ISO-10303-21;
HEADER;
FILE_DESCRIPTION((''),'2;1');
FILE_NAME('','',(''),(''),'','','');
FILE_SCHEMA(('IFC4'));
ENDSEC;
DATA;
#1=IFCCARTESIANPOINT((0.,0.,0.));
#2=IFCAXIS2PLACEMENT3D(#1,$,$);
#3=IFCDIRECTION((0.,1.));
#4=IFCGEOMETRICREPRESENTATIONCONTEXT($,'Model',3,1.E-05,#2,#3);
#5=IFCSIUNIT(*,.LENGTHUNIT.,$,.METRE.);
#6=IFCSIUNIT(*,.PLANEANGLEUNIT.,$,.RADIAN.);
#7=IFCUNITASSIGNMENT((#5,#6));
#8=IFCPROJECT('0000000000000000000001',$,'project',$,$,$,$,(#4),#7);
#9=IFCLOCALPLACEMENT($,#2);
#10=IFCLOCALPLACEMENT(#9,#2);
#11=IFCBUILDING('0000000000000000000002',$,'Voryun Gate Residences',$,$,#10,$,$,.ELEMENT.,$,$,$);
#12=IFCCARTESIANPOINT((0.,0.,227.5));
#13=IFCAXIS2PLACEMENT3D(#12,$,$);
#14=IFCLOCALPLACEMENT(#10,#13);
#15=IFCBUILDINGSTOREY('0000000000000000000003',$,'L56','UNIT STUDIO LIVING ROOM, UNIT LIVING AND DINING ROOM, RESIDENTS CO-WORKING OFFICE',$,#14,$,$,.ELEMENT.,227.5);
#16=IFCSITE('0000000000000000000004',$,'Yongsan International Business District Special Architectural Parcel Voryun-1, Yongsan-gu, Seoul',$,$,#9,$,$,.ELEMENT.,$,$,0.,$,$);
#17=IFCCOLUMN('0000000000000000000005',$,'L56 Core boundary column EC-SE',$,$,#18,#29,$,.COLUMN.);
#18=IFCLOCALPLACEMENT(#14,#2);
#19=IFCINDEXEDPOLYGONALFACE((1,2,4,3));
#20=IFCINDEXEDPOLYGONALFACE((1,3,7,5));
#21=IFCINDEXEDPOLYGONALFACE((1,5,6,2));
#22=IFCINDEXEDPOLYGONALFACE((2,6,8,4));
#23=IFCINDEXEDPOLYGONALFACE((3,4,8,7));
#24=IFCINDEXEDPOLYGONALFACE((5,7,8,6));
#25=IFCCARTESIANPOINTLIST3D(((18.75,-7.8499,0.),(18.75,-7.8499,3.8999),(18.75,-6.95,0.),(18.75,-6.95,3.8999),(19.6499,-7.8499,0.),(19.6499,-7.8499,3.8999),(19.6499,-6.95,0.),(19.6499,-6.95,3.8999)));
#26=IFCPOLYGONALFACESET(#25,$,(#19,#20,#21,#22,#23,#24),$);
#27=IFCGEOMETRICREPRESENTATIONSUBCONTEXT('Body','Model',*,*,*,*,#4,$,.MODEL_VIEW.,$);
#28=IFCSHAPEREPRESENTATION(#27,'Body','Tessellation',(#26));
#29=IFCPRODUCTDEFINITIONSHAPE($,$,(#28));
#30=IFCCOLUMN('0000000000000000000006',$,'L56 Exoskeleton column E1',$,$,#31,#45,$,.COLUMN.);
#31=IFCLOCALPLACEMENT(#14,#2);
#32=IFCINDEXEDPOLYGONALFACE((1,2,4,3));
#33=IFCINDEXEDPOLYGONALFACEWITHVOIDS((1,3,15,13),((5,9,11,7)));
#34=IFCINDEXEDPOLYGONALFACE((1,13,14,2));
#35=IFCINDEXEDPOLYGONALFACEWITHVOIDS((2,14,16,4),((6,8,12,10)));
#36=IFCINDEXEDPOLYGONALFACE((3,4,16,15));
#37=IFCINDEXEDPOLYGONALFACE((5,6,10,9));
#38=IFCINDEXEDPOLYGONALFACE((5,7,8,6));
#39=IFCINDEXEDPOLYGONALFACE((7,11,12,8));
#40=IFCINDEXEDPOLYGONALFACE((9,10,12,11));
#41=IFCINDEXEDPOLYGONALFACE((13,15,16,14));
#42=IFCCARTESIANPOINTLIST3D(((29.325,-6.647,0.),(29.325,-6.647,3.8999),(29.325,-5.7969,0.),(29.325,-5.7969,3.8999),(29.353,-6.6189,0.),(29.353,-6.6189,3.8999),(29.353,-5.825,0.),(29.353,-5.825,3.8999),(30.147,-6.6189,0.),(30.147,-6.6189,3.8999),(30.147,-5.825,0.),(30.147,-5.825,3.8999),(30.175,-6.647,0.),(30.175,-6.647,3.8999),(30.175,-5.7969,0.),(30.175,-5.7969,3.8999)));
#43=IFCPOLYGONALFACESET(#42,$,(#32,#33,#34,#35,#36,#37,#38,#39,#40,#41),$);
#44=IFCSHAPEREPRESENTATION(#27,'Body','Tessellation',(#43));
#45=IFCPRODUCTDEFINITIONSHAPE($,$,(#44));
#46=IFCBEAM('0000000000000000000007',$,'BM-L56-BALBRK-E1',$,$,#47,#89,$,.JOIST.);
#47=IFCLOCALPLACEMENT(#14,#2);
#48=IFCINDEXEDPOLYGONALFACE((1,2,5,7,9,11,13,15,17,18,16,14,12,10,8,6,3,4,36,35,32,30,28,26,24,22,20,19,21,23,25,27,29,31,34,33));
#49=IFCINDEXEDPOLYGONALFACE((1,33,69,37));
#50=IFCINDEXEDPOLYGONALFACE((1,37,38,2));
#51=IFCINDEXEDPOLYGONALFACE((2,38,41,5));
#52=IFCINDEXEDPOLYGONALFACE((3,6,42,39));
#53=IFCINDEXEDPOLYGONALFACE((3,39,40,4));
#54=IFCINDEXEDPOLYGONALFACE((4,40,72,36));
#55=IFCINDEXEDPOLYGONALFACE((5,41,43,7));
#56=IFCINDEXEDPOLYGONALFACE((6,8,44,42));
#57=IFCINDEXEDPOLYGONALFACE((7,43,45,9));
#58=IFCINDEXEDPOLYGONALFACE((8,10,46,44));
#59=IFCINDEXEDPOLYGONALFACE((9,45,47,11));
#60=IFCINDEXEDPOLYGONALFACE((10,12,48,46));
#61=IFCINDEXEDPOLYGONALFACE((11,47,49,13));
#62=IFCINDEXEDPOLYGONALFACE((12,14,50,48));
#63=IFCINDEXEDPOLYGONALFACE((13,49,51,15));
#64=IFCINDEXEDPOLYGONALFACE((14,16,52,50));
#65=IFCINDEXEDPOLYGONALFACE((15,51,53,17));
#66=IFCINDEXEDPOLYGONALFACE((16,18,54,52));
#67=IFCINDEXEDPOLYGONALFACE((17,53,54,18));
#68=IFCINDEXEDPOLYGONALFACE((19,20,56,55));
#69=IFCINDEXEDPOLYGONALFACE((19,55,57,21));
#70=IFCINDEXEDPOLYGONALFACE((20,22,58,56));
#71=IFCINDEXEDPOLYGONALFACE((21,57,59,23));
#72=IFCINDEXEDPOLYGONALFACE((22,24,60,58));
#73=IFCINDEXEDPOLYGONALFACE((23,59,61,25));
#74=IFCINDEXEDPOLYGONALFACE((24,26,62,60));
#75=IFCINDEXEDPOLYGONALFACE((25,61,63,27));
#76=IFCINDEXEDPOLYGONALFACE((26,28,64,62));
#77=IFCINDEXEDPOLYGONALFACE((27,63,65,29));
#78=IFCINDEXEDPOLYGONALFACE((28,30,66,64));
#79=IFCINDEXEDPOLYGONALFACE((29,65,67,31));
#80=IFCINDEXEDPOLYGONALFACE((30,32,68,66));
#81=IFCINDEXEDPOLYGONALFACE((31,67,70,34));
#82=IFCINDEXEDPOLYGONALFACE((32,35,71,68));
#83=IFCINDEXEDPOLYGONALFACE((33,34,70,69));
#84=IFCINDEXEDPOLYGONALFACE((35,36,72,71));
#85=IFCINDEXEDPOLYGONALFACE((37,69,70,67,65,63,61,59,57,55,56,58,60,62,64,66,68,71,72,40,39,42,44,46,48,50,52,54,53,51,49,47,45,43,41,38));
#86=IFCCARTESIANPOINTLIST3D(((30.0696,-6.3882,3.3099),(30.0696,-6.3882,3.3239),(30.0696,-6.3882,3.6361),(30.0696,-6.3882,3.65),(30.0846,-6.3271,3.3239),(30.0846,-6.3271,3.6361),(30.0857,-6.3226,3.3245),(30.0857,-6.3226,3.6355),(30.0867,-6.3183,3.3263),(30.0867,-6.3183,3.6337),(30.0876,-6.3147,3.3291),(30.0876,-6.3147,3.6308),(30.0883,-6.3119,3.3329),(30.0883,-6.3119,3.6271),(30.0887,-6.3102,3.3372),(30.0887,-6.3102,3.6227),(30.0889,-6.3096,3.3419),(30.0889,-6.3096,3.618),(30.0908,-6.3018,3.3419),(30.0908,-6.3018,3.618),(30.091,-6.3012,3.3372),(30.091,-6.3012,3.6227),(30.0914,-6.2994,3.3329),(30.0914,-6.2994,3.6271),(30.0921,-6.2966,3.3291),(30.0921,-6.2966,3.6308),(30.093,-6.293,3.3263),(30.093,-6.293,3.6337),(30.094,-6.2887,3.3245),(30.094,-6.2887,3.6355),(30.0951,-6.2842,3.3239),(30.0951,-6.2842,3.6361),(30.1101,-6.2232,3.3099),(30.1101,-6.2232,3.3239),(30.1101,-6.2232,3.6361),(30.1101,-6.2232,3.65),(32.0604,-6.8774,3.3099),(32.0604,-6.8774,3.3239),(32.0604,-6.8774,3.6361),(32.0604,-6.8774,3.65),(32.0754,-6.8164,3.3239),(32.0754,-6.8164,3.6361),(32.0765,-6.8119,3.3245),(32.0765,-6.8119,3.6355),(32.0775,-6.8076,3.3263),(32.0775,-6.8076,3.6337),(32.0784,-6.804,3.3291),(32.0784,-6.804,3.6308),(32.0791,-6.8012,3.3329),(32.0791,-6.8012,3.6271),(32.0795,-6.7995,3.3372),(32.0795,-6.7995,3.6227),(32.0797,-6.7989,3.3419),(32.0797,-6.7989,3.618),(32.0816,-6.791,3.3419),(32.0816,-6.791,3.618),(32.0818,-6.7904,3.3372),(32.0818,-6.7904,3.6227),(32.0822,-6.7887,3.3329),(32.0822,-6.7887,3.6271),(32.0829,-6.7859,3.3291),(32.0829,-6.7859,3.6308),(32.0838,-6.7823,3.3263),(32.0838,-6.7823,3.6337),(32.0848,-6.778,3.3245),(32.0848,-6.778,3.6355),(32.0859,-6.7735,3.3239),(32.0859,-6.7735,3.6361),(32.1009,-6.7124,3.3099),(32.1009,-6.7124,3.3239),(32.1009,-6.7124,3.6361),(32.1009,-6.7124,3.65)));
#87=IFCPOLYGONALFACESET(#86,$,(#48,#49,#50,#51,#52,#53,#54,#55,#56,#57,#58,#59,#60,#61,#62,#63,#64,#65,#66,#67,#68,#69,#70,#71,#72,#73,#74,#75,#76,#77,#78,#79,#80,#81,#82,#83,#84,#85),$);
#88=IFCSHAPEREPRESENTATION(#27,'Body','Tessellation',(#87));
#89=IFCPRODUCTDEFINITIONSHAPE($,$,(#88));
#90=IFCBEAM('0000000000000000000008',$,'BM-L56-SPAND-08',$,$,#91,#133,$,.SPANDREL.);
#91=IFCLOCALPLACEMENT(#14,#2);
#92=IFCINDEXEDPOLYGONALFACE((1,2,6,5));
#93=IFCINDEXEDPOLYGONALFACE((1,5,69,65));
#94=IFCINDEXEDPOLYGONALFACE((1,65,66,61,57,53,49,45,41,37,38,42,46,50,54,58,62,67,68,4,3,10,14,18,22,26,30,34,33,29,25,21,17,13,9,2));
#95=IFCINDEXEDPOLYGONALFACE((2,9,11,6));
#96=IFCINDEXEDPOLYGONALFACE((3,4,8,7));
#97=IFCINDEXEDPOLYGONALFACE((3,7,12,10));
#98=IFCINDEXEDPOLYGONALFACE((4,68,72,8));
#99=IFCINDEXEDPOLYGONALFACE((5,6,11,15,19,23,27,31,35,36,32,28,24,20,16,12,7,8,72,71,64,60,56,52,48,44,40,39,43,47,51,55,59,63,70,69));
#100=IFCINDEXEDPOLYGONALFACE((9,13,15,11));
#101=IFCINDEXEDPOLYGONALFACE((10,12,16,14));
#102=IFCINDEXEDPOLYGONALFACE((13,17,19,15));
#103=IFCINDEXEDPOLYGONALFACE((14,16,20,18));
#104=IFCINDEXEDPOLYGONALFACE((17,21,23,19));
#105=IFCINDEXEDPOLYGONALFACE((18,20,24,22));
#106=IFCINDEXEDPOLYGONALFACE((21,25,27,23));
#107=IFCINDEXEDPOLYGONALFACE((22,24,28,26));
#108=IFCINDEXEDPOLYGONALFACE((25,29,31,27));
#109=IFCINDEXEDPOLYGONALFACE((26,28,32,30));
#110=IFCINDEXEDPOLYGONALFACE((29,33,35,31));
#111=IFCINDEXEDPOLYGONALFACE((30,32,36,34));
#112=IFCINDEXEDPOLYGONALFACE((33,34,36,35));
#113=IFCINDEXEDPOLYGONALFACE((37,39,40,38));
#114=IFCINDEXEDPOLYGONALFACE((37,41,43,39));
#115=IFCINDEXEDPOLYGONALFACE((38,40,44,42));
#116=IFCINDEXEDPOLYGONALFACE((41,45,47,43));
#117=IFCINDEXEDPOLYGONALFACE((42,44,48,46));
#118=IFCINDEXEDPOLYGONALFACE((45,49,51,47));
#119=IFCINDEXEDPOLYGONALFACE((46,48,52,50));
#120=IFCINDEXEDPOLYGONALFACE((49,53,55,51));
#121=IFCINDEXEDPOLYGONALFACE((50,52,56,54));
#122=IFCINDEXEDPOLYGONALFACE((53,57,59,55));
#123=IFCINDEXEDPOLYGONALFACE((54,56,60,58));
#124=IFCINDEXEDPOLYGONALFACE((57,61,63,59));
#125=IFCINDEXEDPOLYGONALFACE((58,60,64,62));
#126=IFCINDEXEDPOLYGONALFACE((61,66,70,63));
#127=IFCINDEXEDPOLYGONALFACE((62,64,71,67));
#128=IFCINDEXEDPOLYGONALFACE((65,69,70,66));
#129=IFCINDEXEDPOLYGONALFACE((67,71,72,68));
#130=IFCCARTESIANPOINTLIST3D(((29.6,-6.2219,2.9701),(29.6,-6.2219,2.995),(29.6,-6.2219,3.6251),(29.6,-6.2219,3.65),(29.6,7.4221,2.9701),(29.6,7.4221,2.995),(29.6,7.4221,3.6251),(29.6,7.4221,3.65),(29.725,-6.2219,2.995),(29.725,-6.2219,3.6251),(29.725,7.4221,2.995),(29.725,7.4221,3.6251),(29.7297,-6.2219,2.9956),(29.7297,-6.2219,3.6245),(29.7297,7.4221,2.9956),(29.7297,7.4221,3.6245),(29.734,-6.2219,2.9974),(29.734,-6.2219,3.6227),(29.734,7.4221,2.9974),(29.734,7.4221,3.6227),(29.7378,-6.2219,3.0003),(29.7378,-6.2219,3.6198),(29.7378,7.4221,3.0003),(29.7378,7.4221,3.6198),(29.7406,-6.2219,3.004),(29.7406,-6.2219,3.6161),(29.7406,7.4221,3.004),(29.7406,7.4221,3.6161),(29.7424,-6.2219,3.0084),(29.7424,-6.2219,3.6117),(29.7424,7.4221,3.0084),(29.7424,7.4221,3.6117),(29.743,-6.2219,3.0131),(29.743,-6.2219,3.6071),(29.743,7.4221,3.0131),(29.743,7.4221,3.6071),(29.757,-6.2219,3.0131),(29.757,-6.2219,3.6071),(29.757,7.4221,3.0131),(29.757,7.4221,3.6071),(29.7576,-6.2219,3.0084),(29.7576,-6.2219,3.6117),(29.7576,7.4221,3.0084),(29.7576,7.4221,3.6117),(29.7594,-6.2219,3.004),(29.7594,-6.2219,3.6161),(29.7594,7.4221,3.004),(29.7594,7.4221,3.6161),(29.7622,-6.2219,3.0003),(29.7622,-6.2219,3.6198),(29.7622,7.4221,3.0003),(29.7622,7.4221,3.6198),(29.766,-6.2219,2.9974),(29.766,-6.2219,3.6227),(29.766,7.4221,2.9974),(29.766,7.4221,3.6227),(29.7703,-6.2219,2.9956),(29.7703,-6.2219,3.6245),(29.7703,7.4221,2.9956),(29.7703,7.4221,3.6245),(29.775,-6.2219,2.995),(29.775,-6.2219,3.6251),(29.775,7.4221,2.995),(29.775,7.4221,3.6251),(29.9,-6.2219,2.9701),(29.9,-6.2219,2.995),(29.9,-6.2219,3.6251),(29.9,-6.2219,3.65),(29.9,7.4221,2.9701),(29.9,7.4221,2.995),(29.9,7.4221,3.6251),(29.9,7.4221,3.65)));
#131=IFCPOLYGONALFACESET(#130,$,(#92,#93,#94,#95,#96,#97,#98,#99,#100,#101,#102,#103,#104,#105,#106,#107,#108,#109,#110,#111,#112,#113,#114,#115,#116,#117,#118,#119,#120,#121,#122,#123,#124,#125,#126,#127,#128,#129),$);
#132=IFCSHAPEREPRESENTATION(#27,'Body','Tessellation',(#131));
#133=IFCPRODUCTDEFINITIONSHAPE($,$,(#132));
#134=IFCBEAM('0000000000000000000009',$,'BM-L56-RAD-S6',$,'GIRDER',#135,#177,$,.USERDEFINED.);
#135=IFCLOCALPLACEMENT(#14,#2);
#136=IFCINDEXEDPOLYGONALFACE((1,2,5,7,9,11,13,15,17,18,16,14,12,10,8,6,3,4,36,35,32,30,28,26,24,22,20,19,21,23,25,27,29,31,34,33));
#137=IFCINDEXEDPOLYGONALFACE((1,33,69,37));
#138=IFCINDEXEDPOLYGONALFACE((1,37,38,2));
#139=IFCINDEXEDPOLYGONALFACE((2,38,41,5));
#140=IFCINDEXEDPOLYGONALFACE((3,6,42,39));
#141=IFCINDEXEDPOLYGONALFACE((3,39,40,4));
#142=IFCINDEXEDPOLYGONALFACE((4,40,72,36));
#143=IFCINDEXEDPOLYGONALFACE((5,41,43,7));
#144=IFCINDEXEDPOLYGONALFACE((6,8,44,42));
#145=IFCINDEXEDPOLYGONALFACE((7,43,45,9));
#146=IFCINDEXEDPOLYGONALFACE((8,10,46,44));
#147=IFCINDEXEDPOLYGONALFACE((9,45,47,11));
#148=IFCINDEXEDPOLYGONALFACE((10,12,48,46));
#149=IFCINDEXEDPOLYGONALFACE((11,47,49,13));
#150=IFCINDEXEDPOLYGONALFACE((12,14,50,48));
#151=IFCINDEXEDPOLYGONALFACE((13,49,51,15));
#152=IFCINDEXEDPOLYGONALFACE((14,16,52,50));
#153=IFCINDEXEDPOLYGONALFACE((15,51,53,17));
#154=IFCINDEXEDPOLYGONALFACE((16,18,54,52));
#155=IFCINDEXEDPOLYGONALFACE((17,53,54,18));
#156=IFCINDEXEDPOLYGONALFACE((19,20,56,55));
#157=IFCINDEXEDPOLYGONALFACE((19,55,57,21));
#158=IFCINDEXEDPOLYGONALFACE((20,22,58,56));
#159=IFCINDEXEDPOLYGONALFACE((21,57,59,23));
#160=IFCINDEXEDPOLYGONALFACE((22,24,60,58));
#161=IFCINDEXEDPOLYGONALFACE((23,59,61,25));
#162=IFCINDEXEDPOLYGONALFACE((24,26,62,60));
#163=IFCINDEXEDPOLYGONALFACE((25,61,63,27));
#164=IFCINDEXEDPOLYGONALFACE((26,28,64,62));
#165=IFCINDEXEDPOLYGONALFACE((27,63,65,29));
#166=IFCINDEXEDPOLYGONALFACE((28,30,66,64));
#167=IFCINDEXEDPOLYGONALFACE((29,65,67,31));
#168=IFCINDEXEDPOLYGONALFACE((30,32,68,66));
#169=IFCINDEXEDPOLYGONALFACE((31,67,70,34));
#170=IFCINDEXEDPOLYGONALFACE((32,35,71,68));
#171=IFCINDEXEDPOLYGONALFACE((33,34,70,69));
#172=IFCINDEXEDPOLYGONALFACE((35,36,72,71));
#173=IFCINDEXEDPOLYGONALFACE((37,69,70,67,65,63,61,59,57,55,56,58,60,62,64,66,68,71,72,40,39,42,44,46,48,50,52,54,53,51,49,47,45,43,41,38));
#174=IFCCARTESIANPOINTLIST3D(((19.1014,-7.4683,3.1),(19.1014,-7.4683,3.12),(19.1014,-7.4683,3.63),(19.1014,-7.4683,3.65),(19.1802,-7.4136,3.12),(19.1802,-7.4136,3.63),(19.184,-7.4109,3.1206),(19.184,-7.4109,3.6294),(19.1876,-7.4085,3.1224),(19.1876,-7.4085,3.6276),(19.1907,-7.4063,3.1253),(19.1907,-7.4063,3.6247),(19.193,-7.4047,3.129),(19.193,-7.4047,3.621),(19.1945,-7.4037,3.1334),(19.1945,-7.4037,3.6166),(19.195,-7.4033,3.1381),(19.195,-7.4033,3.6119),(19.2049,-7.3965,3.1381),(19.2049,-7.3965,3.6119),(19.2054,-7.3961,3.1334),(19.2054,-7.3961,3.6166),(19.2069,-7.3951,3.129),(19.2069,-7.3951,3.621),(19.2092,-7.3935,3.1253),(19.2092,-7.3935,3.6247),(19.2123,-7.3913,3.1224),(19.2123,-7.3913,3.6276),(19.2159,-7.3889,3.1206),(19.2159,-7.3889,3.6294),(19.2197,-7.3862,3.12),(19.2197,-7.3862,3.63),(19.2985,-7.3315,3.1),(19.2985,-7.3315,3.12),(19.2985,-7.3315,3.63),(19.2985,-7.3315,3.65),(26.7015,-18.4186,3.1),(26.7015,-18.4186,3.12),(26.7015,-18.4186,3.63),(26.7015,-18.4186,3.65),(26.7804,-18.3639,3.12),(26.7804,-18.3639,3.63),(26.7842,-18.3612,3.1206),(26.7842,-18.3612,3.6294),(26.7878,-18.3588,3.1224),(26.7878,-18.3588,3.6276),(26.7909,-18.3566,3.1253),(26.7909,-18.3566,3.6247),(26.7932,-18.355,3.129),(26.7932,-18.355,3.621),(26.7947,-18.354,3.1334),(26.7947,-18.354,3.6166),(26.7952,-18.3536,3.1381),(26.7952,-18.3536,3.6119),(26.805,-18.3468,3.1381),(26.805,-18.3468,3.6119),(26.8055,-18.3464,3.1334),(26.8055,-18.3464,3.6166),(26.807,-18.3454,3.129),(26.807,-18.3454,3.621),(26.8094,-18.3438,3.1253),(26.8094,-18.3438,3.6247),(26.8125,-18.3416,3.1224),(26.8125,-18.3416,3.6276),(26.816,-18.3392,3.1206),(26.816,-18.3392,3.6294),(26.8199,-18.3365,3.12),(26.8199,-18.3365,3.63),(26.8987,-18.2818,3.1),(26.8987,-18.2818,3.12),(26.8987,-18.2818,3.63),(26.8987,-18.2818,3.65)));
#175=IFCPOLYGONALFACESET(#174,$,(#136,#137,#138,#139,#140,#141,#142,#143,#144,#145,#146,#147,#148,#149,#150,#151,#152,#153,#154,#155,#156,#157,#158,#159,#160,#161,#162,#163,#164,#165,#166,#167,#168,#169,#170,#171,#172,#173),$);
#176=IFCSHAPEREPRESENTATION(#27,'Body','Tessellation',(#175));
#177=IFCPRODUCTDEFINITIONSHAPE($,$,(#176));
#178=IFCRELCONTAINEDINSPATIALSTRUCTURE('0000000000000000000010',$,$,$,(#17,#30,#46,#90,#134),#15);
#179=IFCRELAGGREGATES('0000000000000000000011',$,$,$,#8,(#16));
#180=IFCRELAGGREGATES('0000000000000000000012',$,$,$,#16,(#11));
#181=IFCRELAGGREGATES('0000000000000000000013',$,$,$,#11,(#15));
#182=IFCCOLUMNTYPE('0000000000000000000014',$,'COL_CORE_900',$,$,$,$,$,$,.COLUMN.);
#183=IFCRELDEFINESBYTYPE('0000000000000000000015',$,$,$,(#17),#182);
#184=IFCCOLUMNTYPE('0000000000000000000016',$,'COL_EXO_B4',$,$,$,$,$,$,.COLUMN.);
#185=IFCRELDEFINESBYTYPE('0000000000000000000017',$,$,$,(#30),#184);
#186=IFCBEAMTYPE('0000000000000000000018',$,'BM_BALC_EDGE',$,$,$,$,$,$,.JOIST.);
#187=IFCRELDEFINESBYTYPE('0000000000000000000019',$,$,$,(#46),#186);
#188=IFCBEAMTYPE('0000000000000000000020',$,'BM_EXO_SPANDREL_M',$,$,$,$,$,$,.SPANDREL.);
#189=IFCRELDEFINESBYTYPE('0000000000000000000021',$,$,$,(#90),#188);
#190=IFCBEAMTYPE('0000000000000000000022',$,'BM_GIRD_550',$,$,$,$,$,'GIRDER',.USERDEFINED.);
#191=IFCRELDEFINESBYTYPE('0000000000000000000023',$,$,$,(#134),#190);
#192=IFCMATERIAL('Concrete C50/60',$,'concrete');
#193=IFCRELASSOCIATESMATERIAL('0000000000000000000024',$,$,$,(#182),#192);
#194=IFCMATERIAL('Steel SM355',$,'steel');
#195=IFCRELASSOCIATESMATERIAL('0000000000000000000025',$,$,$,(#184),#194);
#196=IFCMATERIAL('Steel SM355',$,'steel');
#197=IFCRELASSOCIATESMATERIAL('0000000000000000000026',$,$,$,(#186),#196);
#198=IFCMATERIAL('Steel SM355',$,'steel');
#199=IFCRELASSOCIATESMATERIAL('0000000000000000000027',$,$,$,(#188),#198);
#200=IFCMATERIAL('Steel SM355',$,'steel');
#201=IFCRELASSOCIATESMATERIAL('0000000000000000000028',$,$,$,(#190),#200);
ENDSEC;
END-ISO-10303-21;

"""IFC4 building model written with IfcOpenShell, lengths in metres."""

from ifc_helpers import new_model, si_unit, direction, frame, origin, origin_2d, place, context, subcontext, project, spatial, rectangle, hollow_rectangle, i_section, extrude, material, material_profile, profile_set, type_object, element, save


model = new_model("IFC4")

# Units and contexts
model_context = context("Model", 3, precision=1e-05, world=origin(), true_north=direction((0.0, 1.0)))
body_context = subcontext(model_context, "Body", "Model", "MODEL_VIEW")
ifc_project = project(units=[si_unit("LENGTHUNIT", "METRE"), si_unit("PLANEANGLEUNIT", "RADIAN")], contexts=[model_context])

# Site, building, storey
site_placement = place(None, origin())
site = spatial("IfcSite", under=ifc_project, at=site_placement, Name="Yongsan International Business District Special Architectural Parcel Voryun-1, Yongsan-gu, Seoul", CompositionType="ELEMENT", RefElevation=0.0)
building_placement = place(site_placement, origin())
building = spatial("IfcBuilding", under=site, at=building_placement, Name="Voryun Gate Residences", CompositionType="ELEMENT")
storey_placement = place(building_placement, frame((0.0, 0.0, 227.5)))
storey = spatial("IfcBuildingStorey", under=building, at=storey_placement, Name="L56", Description="UNIT STUDIO LIVING ROOM, UNIT LIVING AND DINING ROOM, RESIDENTS CO-WORKING OFFICE", CompositionType="ELEMENT", Elevation=227.5)

# Columns
ifc_material_1 = material(Name="Concrete C50/60", Category="concrete")
ifc_material_profile_1 = material_profile(ifc_material_1, rectangle(XDim=0.8999, YDim=0.8999, at=origin_2d()), Name="RC-900x900")
ifc_profile_set_1 = profile_set([ifc_material_profile_1], Name="Concrete C50/60")
column_type_1 = type_object("IfcColumnType", Name="COL_CORE_900", PredefinedType="COLUMN", material=ifc_profile_set_1)
column_1_placement = place(storey_placement, frame((19.2, -7.3999, 0.0), z_axis=(0.0, 0.0, 1.0), x_axis=(1.0, 0.0, 0.0)))
element("IfcColumn", 1, at=column_1_placement, inside=storey, type_object=column_type_1, Name="L56 Core boundary column EC-SE", PredefinedType="COLUMN", context=body_context, shape_type="SweptSolid", body=[
    extrude(rectangle(XDim=0.8999, YDim=0.8999, at=origin_2d()), origin(), (0.0, 0.0, 1.0), 3.8999),
])
ifc_material_2 = material(Name="Steel SM355", Category="steel")
ifc_material_profile_2 = material_profile(ifc_material_2, hollow_rectangle(XDim=0.8501, YDim=0.8501, WallThickness=0.0281, at=origin_2d()), Name="BOX-850x850x28")
ifc_profile_set_2 = profile_set([ifc_material_profile_2], Name="Steel SM355")
column_type_2 = type_object("IfcColumnType", Name="COL_EXO_B4", PredefinedType="COLUMN", material=ifc_profile_set_2)
column_2_placement = place(storey_placement, frame((29.75, -6.2219, 0.0), z_axis=(0.0, 0.0, 1.0), x_axis=(1.0, 0.0, 0.0)))
element("IfcColumn", 2, at=column_2_placement, inside=storey, type_object=column_type_2, Name="L56 Exoskeleton column E1", PredefinedType="COLUMN", context=body_context, shape_type="SweptSolid", body=[
    extrude(hollow_rectangle(XDim=0.8501, YDim=0.8501, WallThickness=0.0281, at=origin_2d()), origin(), (0.0, 0.0, 1.0), 3.8999),
])

# Beams
ifc_material_3 = material(Name="Steel SM355", Category="steel")
ifc_material_profile_3 = material_profile(ifc_material_3, i_section(OverallWidth=0.1699, OverallDepth=0.3401, WebThickness=0.0081, FlangeThickness=0.0139, FilletRadius=0.0181, at=origin_2d()), Name="H-340x170x8x14")
ifc_profile_set_3 = profile_set([ifc_material_profile_3], Name="Steel SM355")
beam_type_1 = type_object("IfcBeamType", Name="BM_BALC_EDGE", PredefinedType="JOIST", material=ifc_profile_set_3)
beam_1_placement = place(storey_placement, frame((30.0898, -6.3057, 3.48), z_axis=(0.971102, -0.238667, 0.0), x_axis=(0.238667, 0.971102, 0.0)))
element("IfcBeam", 3, at=beam_1_placement, inside=storey, type_object=beam_type_1, Name="BM-L56-BALBRK-E1", PredefinedType="JOIST", context=body_context, shape_type="SweptSolid", body=[
    extrude(i_section(OverallWidth=0.1699, OverallDepth=0.3401, WebThickness=0.0081, FlangeThickness=0.0139, FilletRadius=0.0181, at=origin_2d()), origin(), (0.0, 0.0, 1.0), 2.05),
])
ifc_material_4 = material(Name="Steel SM355", Category="steel")
ifc_material_profile_4 = material_profile(ifc_material_4, i_section(OverallWidth=0.3, OverallDepth=0.6799, WebThickness=0.0139, FlangeThickness=0.0249, FilletRadius=0.0181, at=origin_2d()), Name="H-680x300x14x25")
ifc_profile_set_4 = profile_set([ifc_material_profile_4], Name="Steel SM355")
beam_type_2 = type_object("IfcBeamType", Name="BM_EXO_SPANDREL_M", PredefinedType="SPANDREL", material=ifc_profile_set_4)
beam_2_placement = place(storey_placement, frame((29.75, -6.2219, 3.3101), z_axis=(0.0, 1.0, 0.0), x_axis=(-1.0, 0.0, 0.0)))
element("IfcBeam", 4, at=beam_2_placement, inside=storey, type_object=beam_type_2, Name="BM-L56-SPAND-08", PredefinedType="SPANDREL", context=body_context, shape_type="SweptSolid", body=[
    extrude(i_section(OverallWidth=0.3, OverallDepth=0.6799, WebThickness=0.0139, FlangeThickness=0.0249, FilletRadius=0.0181, at=origin_2d()), origin(), (0.0, 0.0, 1.0), 13.644),
])
ifc_material_5 = material(Name="Steel SM355", Category="steel")
ifc_material_profile_5 = material_profile(ifc_material_5, i_section(OverallWidth=0.24, OverallDepth=0.55, WebThickness=0.012, FlangeThickness=0.02, FilletRadius=0.0181, at=origin_2d()), Name="H-550x240x12x20")
ifc_profile_set_5 = profile_set([ifc_material_profile_5], Name="Steel SM355")
beam_type_3 = type_object("IfcBeamType", Name="BM_GIRD_550", ElementType="GIRDER", PredefinedType="USERDEFINED", material=ifc_profile_set_5)
beam_3_placement = place(storey_placement, frame((19.2, -7.3999, 3.375), z_axis=(0.570183, -0.821518, 0.0), x_axis=(0.821518, 0.570183, 0.0)))
element("IfcBeam", 5, at=beam_3_placement, inside=storey, type_object=beam_type_3, Name="BM-L56-RAD-S6", ObjectType="GIRDER", PredefinedType="USERDEFINED", context=body_context, shape_type="SweptSolid", body=[
    extrude(i_section(OverallWidth=0.24, OverallDepth=0.55, WebThickness=0.012, FlangeThickness=0.02, FilletRadius=0.0181, at=origin_2d()), origin(), (0.0, 0.0, 1.0), 13.3293),
])

save(model, "model.ifc")
